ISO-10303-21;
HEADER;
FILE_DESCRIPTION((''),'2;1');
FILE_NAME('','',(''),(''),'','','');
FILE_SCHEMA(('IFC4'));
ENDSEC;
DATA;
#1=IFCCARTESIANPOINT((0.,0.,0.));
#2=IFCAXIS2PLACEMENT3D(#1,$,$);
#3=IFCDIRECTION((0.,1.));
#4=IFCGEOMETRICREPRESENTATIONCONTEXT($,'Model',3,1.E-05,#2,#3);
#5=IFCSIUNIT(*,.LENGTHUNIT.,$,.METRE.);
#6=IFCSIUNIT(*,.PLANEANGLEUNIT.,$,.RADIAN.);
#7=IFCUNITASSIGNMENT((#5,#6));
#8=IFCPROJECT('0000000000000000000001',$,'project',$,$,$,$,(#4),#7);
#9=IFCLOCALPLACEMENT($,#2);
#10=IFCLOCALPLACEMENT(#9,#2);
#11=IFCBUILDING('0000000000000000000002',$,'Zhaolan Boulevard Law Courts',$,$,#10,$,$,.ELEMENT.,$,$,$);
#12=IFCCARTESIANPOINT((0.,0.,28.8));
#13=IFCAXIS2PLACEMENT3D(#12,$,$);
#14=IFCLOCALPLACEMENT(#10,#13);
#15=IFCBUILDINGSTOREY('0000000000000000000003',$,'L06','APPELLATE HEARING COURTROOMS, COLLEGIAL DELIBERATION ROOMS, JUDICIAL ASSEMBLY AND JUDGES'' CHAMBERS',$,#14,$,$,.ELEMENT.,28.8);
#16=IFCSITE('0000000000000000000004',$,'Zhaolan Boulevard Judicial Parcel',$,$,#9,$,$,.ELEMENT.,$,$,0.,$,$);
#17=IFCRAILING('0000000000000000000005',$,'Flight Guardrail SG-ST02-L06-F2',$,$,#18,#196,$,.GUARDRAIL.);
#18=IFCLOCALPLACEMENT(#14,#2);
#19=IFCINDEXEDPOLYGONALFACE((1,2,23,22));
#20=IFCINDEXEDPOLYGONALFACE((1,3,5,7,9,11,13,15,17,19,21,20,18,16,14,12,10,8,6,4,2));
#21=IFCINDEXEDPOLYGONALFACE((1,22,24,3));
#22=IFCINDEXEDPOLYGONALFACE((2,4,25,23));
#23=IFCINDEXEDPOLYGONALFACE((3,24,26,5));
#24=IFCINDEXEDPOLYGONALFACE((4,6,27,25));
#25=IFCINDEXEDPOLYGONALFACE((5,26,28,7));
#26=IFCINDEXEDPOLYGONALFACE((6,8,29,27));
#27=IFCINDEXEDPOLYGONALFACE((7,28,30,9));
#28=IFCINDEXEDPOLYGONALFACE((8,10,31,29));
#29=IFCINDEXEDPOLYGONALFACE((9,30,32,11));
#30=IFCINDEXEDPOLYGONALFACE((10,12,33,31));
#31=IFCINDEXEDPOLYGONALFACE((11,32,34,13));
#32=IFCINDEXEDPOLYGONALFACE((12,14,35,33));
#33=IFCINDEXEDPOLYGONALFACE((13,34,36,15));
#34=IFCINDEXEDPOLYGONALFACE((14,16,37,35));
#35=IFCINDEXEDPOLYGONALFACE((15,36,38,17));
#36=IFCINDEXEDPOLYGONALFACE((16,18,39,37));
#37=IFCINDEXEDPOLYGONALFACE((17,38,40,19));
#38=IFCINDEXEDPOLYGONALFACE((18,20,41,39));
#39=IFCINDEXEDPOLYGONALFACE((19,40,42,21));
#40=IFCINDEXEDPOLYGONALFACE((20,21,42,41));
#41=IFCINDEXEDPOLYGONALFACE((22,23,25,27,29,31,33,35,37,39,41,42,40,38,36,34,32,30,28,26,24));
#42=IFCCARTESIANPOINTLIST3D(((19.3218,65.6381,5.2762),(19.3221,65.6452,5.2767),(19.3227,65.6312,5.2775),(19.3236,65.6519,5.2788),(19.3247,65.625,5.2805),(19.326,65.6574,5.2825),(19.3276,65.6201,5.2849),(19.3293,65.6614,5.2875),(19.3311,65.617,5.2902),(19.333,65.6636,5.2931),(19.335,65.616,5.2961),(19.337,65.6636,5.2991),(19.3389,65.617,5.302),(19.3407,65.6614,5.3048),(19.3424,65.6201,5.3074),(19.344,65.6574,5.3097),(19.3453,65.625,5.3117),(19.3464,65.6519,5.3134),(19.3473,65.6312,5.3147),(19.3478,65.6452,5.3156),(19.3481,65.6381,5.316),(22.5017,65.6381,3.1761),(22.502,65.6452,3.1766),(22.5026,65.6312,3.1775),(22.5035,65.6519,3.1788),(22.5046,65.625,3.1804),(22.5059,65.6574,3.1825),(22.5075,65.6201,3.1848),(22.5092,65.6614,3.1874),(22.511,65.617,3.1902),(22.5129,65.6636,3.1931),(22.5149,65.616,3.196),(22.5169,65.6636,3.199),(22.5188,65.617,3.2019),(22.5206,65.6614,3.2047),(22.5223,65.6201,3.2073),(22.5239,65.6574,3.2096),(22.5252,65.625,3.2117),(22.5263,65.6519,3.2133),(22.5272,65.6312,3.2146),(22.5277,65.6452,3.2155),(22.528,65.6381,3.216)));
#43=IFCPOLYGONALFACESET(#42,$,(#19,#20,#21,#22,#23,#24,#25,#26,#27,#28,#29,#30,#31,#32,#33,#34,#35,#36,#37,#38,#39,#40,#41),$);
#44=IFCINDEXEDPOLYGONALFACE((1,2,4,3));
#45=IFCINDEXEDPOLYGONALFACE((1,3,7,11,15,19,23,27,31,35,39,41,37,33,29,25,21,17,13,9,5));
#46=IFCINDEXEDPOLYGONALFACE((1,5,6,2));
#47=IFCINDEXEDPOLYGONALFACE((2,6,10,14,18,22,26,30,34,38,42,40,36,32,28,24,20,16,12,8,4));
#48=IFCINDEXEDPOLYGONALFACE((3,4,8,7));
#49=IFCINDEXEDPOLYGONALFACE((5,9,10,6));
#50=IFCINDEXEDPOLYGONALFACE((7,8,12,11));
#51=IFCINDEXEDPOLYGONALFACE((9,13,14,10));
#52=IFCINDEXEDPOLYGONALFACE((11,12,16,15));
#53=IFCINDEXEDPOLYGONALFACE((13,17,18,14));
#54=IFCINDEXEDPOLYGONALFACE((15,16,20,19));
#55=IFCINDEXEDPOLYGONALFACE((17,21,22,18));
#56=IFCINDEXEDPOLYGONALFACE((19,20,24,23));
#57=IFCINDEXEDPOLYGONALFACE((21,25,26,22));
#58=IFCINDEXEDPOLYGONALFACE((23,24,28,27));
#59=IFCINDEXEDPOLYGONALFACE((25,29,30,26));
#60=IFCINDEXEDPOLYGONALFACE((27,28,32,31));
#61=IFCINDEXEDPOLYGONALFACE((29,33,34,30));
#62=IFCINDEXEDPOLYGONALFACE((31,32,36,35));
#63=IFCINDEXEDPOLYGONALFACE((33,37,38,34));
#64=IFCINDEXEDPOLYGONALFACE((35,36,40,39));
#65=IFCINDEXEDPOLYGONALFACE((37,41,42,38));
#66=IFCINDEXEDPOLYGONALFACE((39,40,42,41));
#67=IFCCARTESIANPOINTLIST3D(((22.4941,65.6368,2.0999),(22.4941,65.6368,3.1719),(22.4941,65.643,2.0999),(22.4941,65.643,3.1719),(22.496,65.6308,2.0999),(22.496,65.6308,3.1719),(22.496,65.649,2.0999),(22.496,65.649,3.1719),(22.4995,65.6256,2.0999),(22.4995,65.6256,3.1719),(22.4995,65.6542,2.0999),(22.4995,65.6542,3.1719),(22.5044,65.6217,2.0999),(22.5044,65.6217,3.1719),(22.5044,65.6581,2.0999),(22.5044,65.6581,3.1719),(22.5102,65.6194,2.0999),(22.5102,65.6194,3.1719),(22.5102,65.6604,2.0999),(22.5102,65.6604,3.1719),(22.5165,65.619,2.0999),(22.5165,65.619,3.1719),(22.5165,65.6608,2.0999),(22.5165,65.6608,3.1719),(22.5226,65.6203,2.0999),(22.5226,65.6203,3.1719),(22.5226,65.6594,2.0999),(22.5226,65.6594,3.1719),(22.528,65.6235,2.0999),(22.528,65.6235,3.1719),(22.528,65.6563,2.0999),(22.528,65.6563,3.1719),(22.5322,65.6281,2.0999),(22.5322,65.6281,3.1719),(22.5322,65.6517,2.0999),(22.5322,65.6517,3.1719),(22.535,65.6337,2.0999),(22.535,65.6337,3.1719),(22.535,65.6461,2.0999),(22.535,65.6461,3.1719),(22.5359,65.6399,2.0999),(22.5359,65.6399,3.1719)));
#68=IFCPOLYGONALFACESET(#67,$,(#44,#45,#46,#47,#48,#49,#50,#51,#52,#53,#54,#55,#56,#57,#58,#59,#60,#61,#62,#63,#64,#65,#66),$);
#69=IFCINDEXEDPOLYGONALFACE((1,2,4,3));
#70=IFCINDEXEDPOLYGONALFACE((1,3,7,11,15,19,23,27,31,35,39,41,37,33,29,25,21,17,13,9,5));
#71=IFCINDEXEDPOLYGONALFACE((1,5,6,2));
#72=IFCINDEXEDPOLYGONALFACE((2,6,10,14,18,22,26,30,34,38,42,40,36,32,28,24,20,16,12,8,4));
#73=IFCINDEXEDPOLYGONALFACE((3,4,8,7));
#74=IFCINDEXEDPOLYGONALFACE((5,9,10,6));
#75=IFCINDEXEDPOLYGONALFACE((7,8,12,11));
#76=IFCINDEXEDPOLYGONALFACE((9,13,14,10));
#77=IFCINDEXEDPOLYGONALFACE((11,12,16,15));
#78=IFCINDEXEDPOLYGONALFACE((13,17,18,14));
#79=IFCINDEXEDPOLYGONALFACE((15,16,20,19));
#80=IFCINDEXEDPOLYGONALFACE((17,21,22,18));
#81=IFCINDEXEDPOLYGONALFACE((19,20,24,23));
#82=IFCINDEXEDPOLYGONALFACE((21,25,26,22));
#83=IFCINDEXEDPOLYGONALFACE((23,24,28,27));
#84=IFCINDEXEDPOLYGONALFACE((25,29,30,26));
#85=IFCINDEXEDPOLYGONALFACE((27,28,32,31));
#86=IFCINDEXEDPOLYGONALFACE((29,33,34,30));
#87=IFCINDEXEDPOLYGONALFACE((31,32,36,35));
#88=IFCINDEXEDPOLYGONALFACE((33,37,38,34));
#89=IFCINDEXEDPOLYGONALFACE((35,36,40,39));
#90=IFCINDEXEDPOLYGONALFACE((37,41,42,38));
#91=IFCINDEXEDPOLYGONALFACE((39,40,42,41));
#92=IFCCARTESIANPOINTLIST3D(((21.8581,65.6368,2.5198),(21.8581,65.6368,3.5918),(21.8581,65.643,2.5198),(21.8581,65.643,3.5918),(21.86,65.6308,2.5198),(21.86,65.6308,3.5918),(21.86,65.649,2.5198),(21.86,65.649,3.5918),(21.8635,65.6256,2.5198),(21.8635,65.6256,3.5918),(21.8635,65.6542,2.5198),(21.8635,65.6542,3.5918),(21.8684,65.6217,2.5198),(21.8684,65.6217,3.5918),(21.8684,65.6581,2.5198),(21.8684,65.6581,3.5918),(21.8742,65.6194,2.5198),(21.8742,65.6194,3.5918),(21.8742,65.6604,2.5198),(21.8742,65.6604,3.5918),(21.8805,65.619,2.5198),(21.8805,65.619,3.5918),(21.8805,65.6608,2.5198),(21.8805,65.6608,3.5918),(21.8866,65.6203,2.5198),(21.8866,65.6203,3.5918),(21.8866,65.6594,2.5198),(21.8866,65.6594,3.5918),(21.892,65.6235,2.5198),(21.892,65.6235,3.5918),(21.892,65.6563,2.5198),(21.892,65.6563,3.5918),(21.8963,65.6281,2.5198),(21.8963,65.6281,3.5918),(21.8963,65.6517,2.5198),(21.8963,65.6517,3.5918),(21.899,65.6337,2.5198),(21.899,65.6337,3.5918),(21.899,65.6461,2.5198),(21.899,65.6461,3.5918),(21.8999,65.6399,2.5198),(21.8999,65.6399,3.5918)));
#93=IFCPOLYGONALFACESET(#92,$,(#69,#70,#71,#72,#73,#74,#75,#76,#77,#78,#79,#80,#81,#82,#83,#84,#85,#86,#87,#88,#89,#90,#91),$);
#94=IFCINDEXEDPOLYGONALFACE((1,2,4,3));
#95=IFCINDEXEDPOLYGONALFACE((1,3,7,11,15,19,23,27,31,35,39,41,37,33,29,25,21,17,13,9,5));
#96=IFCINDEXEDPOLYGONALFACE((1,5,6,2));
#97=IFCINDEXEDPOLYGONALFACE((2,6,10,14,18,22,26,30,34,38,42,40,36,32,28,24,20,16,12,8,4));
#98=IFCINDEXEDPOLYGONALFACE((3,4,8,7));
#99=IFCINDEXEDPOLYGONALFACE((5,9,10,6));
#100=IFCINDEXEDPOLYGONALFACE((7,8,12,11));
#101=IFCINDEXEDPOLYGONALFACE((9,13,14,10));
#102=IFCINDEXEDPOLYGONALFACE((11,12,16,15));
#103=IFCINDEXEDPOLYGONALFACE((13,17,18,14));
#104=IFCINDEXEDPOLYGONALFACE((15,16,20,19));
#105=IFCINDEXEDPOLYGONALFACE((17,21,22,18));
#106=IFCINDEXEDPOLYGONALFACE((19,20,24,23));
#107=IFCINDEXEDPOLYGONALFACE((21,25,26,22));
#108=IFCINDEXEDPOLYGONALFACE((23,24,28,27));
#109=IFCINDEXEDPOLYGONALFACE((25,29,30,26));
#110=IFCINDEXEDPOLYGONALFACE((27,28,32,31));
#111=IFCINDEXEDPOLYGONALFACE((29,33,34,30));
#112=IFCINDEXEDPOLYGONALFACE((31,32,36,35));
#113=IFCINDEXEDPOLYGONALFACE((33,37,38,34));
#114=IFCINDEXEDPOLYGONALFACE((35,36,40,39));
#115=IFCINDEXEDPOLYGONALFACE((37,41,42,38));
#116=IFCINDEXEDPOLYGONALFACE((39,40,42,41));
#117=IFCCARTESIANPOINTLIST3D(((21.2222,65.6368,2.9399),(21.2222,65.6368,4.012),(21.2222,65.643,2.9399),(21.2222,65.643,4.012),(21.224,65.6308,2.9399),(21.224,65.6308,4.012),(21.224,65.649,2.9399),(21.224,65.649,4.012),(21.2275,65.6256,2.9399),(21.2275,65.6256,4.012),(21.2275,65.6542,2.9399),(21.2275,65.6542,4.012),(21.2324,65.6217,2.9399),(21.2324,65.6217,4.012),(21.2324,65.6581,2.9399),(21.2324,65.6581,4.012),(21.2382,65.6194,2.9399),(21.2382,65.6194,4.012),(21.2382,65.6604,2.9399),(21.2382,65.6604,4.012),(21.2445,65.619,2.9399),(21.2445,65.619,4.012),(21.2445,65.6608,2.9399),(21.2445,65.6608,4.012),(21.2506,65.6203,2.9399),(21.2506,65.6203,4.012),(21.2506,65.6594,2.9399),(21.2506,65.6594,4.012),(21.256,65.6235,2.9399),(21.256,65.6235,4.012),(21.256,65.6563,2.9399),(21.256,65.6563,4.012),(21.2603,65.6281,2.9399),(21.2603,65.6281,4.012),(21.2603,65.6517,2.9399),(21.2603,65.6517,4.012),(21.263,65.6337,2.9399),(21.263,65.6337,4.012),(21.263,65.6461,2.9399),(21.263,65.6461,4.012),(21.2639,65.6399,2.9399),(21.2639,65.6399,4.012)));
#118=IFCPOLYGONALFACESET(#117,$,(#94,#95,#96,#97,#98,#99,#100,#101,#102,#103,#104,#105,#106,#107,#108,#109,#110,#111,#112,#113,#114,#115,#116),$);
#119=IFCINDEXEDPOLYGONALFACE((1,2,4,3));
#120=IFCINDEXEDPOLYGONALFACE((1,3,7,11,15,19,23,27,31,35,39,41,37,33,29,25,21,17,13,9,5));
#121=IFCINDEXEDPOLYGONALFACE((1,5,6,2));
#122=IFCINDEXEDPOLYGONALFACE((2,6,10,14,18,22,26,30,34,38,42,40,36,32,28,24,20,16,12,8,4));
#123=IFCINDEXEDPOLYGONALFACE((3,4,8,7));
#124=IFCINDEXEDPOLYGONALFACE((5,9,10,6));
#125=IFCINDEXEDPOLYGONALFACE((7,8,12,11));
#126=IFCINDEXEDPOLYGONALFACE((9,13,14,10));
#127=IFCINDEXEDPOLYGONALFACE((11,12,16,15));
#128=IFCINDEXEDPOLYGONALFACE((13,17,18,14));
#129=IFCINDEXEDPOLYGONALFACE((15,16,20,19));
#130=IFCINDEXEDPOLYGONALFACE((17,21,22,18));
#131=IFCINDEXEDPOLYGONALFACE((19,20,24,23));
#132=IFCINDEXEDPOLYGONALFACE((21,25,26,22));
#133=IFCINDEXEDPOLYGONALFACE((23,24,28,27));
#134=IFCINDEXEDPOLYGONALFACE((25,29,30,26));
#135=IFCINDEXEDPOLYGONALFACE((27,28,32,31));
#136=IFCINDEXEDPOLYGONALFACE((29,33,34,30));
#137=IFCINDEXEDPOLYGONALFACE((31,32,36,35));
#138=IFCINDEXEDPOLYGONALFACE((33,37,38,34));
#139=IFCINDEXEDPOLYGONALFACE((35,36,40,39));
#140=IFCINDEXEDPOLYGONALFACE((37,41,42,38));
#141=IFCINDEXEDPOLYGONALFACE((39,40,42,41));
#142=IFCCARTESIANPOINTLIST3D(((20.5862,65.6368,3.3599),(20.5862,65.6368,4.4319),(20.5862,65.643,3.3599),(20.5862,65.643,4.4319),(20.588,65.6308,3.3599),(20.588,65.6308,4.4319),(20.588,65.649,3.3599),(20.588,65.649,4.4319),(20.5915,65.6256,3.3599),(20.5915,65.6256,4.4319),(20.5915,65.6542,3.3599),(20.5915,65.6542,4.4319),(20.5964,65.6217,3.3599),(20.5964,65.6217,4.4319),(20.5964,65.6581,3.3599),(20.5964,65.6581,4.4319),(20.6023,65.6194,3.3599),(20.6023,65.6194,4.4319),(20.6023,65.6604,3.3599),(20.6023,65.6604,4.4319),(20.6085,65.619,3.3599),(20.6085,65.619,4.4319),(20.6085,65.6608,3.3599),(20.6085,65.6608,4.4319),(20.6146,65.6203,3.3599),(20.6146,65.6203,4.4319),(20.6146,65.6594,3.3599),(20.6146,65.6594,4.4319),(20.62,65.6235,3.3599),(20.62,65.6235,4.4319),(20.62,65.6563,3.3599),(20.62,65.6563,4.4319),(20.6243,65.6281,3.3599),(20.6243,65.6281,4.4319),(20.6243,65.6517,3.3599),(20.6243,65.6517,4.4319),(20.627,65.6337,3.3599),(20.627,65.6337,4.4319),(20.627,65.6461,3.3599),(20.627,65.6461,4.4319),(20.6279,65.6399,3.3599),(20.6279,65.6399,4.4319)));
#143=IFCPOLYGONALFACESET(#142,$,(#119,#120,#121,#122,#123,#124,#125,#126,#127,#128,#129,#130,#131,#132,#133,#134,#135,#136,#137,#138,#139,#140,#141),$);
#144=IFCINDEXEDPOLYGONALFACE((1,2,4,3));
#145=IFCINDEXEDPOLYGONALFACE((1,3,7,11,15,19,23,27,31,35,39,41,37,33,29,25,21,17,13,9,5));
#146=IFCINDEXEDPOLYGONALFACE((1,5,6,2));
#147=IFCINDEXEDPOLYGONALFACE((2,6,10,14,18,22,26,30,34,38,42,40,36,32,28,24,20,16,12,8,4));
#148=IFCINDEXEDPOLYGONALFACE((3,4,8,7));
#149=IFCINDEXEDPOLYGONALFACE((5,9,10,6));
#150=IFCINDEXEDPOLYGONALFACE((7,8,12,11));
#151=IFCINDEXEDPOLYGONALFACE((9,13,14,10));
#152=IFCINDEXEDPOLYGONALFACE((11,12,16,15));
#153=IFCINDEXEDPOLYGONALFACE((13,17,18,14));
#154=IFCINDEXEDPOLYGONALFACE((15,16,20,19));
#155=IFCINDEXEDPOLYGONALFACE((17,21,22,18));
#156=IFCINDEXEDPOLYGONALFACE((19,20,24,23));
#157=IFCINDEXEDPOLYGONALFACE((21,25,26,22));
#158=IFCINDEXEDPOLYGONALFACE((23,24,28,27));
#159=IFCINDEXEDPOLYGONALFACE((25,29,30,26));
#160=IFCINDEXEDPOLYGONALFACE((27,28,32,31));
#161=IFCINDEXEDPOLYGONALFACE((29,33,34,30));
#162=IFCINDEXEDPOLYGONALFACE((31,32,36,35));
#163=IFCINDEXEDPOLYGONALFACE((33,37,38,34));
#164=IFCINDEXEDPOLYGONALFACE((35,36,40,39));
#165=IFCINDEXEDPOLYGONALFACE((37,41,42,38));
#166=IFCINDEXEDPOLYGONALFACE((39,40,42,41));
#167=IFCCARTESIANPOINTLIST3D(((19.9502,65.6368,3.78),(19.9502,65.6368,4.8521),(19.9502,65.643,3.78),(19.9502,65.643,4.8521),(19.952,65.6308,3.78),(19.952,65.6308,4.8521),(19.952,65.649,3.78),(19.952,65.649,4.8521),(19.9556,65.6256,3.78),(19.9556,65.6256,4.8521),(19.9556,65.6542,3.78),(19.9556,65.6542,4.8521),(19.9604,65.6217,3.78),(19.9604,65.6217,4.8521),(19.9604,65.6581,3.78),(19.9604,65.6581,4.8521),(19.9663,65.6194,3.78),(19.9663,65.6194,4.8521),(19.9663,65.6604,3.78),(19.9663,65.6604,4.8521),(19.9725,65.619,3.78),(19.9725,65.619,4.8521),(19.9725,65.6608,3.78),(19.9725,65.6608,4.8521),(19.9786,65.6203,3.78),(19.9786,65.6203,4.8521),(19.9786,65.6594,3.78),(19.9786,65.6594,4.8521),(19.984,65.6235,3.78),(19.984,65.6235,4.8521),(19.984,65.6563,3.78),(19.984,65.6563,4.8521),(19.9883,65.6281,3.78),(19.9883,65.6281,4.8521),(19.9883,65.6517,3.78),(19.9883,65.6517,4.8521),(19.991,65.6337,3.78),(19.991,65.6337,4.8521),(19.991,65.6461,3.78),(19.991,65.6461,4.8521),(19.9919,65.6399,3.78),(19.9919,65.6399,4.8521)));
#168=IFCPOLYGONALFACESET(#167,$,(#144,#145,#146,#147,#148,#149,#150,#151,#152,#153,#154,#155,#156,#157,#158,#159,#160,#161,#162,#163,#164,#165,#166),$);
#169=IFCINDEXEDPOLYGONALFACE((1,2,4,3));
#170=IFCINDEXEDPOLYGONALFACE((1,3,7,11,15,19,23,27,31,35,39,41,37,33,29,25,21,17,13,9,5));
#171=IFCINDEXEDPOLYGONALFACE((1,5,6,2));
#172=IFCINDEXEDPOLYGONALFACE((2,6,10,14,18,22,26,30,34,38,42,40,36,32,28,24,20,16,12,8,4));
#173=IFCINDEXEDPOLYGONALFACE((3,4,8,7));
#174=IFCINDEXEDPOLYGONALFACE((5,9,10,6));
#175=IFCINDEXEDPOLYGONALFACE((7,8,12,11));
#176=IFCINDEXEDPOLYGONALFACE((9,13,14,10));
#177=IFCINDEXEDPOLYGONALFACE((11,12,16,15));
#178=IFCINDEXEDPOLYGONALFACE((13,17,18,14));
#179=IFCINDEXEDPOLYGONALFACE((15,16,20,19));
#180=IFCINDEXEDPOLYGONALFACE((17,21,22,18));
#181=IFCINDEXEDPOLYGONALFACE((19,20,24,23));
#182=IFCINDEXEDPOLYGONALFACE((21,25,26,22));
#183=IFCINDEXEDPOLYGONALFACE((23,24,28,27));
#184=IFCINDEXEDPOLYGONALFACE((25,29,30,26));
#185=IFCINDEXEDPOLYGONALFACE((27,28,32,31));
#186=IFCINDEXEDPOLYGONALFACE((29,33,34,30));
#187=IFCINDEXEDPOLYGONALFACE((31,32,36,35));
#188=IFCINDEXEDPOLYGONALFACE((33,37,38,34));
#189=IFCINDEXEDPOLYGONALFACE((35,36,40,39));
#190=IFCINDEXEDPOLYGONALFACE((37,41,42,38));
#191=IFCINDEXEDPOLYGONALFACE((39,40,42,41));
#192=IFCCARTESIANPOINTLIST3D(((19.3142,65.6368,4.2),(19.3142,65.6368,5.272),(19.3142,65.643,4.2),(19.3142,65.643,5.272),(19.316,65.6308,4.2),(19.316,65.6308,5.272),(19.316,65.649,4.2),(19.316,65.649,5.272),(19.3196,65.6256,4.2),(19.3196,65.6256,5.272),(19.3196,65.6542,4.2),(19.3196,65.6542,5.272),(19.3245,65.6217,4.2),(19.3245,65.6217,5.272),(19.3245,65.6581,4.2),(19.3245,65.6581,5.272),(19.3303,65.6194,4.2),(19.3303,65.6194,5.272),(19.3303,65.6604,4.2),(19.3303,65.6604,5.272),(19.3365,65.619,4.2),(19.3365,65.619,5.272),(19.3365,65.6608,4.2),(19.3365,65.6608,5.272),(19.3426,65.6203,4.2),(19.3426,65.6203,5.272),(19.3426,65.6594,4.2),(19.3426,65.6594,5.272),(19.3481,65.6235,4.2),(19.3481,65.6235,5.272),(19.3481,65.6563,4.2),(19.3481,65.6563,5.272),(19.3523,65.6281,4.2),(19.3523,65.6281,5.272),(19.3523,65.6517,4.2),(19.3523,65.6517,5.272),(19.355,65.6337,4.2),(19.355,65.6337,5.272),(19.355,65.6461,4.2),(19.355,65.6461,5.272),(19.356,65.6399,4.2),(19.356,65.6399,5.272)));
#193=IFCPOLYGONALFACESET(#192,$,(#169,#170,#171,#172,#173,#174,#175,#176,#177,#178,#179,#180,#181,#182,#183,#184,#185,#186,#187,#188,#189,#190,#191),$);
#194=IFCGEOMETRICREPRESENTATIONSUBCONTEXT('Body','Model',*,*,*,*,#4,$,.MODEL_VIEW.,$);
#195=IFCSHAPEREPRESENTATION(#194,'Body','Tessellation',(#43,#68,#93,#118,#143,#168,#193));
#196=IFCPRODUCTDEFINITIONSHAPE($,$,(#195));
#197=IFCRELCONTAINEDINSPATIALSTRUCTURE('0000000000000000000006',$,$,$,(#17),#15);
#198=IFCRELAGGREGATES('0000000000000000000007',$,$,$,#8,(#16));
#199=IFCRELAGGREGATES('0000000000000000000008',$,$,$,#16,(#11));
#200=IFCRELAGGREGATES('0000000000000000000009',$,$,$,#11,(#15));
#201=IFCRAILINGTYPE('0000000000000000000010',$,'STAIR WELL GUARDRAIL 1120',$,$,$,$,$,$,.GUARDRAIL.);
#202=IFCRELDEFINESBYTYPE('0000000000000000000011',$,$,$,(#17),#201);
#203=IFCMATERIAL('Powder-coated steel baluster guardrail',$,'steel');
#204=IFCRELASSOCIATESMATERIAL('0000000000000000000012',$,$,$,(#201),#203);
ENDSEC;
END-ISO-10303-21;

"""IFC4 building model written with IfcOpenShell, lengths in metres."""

from ifc_helpers import new_model, si_unit, direction, frame, origin, origin_2d, place, context, subcontext, project, spatial, circle, extrude, material, type_object, element, save


model = new_model("IFC4")

# Units and contexts
model_context = context("Model", 3, precision=1e-05, world=origin(), true_north=direction((0.0, 1.0)))
body_context = subcontext(model_context, "Body", "Model", "MODEL_VIEW")
ifc_project = project(units=[si_unit("LENGTHUNIT", "METRE"), si_unit("PLANEANGLEUNIT", "RADIAN")], contexts=[model_context])

# Site, building, storey
site_placement = place(None, origin())
site = spatial("IfcSite", under=ifc_project, at=site_placement, Name="Zhaolan Boulevard Judicial Parcel", CompositionType="ELEMENT", RefElevation=0.0)
building_placement = place(site_placement, origin())
building = spatial("IfcBuilding", under=site, at=building_placement, Name="Zhaolan Boulevard Law Courts", CompositionType="ELEMENT")
storey_placement = place(building_placement, frame((0.0, 0.0, 28.8)))
storey = spatial("IfcBuildingStorey", under=building, at=storey_placement, Name="L06", Description="APPELLATE HEARING COURTROOMS, COLLEGIAL DELIBERATION ROOMS, JUDICIAL ASSEMBLY AND JUDGES' CHAMBERS", CompositionType="ELEMENT", Elevation=28.8)

# Railing
ifc_material_1 = material(Name="Powder-coated steel baluster guardrail", Category="steel")
railing_type_1 = type_object("IfcRailingType", Name="STAIR WELL GUARDRAIL 1120", PredefinedType="GUARDRAIL", material=ifc_material_1)
railing_1_placement = place(storey_placement, frame((22.5149, 65.6399, 2.0999)))
element("IfcRailing", 1, at=railing_1_placement, inside=storey, type_object=railing_type_1, Name="Flight Guardrail SG-ST02-L06-F2", PredefinedType="GUARDRAIL", context=body_context, shape_type="SweptSolid", body=[
    extrude(circle(Radius=0.0239, at=origin_2d()), frame((0.0, 0.0, 1.0962), z_axis=(-0.834447, 0.0, 0.551088), x_axis=(0.0, -1.0, 0.0)), (0.0, 0.0, 1.0), 3.8108),
    extrude(circle(Radius=0.021, at=origin_2d()), origin(), (0.0, 0.0, 1.0), 1.072),
    extrude(circle(Radius=0.021, at=origin_2d()), frame((-0.636, 0.0, 0.4199)), (0.0, 0.0, 1.0), 1.072),
    extrude(circle(Radius=0.021, at=origin_2d()), frame((-1.272, 0.0, 0.8401)), (0.0, 0.0, 1.0), 1.072),
    extrude(circle(Radius=0.021, at=origin_2d()), frame((-1.908, 0.0, 1.26)), (0.0, 0.0, 1.0), 1.072),
    extrude(circle(Radius=0.021, at=origin_2d()), frame((-2.5439, 0.0, 1.6802)), (0.0, 0.0, 1.0), 1.072),
    extrude(circle(Radius=0.021, at=origin_2d()), frame((-3.1799, 0.0, 2.1001)), (0.0, 0.0, 1.0), 1.072),
])

save(model, "model.ifc")
